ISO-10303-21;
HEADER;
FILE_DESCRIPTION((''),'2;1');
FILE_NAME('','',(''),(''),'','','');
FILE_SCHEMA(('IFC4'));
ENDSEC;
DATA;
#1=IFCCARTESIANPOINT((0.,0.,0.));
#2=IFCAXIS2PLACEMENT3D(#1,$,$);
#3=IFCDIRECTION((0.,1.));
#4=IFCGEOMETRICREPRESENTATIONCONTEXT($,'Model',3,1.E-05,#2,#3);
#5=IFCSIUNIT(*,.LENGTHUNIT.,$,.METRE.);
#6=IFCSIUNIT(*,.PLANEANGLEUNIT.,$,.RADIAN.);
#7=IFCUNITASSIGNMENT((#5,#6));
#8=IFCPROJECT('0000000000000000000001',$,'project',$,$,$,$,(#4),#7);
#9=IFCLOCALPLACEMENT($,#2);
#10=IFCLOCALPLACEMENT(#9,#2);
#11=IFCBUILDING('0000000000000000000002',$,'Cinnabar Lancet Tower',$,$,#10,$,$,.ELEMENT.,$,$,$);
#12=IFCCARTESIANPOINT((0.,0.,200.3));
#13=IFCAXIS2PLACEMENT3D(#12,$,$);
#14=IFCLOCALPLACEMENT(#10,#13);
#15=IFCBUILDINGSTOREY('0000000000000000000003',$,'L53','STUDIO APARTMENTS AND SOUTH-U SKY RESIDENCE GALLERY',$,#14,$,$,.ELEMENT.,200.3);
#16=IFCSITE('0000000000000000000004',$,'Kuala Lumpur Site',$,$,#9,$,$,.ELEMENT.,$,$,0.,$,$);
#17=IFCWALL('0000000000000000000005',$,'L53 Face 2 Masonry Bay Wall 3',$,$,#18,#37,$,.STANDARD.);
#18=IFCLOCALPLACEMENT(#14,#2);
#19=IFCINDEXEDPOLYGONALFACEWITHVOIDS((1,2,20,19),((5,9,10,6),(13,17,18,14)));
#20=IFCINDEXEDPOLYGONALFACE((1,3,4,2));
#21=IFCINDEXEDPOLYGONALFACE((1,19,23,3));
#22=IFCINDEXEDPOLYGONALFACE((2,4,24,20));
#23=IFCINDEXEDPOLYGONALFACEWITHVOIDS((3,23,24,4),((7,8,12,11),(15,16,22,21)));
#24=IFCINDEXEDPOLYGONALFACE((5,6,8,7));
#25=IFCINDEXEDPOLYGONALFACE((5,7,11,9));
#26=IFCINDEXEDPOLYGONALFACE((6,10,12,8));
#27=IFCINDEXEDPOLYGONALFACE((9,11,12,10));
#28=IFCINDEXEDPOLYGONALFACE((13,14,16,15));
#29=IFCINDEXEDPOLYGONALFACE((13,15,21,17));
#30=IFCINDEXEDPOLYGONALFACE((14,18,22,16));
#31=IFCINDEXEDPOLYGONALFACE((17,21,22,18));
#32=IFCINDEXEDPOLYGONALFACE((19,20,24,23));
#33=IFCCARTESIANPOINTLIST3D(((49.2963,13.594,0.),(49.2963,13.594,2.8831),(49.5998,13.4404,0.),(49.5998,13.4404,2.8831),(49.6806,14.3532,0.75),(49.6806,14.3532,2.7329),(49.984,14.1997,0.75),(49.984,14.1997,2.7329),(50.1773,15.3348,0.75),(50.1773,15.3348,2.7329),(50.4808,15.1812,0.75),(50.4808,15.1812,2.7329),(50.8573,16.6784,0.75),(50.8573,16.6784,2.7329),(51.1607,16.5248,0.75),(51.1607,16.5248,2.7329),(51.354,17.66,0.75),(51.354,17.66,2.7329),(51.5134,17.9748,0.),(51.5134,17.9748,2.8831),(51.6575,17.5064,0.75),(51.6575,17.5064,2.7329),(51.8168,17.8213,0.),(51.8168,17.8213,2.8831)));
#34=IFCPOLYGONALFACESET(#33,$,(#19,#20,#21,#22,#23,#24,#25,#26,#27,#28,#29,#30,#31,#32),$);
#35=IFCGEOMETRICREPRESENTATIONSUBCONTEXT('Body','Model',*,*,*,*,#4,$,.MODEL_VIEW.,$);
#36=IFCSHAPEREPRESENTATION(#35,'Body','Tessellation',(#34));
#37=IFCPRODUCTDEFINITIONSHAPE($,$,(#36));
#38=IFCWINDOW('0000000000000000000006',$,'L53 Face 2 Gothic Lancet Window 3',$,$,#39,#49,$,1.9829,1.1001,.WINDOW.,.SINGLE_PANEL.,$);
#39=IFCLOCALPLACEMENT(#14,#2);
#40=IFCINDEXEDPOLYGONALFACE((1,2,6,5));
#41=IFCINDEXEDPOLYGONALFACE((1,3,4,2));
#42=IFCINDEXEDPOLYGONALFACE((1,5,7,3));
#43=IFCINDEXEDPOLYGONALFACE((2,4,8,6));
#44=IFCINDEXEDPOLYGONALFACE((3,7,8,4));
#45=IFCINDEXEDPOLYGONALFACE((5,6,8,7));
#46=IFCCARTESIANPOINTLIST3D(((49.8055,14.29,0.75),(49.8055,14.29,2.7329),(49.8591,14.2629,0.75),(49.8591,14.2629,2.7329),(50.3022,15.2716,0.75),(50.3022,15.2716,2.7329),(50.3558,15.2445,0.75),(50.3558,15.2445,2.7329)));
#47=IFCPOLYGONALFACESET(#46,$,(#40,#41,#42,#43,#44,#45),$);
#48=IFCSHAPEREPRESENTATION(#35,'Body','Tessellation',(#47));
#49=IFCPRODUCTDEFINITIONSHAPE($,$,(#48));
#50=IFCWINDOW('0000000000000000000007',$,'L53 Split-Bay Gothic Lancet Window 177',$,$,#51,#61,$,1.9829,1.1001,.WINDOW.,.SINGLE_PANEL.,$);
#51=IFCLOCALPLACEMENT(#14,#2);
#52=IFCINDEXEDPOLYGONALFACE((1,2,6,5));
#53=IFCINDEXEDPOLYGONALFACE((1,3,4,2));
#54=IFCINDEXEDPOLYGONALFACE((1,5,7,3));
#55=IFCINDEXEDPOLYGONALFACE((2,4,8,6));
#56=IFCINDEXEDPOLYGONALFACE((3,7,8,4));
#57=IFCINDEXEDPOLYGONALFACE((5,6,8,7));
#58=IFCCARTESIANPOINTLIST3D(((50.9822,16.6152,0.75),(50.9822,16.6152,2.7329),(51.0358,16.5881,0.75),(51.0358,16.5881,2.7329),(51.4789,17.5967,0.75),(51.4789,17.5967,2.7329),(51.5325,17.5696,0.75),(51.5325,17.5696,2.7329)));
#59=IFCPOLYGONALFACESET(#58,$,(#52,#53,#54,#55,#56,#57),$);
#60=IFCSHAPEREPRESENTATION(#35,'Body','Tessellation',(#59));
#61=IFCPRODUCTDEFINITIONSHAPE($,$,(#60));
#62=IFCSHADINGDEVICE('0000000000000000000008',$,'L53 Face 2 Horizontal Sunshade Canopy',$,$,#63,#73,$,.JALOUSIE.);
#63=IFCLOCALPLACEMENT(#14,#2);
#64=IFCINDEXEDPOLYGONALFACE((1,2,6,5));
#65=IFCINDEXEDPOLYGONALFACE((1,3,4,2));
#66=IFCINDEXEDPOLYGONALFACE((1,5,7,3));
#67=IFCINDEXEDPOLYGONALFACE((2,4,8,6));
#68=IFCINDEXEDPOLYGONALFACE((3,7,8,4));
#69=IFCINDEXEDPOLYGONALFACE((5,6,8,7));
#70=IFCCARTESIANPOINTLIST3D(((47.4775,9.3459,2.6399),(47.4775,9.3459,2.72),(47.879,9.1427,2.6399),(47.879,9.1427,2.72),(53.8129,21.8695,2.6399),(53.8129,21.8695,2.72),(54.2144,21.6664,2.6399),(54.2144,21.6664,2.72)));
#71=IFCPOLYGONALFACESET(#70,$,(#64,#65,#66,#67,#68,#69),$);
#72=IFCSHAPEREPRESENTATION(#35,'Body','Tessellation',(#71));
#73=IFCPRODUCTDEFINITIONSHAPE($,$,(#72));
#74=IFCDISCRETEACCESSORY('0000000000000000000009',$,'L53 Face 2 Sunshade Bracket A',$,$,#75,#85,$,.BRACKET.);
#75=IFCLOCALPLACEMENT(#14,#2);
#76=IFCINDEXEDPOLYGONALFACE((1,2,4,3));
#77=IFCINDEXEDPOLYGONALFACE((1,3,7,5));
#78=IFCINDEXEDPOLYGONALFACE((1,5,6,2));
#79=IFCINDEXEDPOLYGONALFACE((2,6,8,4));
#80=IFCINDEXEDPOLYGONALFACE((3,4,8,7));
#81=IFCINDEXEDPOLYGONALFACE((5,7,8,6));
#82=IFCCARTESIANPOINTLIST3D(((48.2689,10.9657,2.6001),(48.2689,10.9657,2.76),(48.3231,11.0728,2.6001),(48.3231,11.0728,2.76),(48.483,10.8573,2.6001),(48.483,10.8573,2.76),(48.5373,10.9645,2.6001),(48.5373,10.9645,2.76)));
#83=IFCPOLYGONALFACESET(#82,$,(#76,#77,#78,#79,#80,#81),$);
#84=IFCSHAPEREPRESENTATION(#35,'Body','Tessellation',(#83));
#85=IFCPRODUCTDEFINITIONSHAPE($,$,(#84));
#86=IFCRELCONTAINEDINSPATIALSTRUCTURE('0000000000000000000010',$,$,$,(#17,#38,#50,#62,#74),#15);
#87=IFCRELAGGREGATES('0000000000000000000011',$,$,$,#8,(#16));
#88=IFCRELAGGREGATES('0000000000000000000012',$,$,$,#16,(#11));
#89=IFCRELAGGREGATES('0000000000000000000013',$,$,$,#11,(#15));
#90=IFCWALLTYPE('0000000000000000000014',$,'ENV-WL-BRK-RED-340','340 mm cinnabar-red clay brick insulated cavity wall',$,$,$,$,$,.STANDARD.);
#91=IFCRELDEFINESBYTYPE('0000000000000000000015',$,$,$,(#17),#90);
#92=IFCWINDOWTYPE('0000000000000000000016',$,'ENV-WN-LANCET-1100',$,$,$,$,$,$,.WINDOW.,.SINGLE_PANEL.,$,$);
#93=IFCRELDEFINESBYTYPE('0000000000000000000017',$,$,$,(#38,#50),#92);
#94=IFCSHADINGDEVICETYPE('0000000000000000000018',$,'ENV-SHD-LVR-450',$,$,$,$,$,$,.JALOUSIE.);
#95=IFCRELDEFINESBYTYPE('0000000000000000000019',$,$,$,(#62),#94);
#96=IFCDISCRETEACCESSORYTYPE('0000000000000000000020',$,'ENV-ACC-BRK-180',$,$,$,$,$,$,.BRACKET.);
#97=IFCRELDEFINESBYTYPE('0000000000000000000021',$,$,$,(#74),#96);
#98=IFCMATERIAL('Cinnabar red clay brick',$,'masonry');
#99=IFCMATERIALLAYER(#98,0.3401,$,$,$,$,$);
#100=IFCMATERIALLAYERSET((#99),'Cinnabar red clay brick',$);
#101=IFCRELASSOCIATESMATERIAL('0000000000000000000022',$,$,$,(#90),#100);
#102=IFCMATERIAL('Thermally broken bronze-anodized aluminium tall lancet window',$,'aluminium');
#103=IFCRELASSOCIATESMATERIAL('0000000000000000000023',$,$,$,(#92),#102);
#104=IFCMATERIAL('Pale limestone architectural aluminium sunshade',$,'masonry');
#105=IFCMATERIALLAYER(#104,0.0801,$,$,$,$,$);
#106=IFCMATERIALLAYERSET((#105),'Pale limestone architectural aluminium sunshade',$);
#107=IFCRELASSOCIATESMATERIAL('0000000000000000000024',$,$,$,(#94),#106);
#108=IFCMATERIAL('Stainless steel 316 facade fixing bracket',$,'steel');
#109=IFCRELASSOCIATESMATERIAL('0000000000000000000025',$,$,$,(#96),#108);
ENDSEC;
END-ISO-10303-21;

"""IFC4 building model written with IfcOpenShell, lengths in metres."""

from ifc_helpers import new_model, si_unit, direction, frame, frame_2d, origin, origin_2d, place, context, subcontext, project, spatial, rectangle, extrude, material, layer, layer_set, type_object, element, fill, save


model = new_model("IFC4")

# Units and contexts
model_context = context("Model", 3, precision=1e-05, world=origin(), true_north=direction((0.0, 1.0)))
body_context = subcontext(model_context, "Body", "Model", "MODEL_VIEW")
ifc_project = project(units=[si_unit("LENGTHUNIT", "METRE"), si_unit("PLANEANGLEUNIT", "RADIAN")], contexts=[model_context])

# Site, building, storey
site_placement = place(None, origin())
site = spatial("IfcSite", under=ifc_project, at=site_placement, Name="Kuala Lumpur Site", CompositionType="ELEMENT", RefElevation=0.0)
building_placement = place(site_placement, origin())
building = spatial("IfcBuilding", under=site, at=building_placement, Name="Cinnabar Lancet Tower", CompositionType="ELEMENT")
storey_placement = place(building_placement, frame((0.0, 0.0, 200.3)))
storey = spatial("IfcBuildingStorey", under=building, at=storey_placement, Name="L53", Description="STUDIO APARTMENTS AND SOUTH-U SKY RESIDENCE GALLERY", CompositionType="ELEMENT", Elevation=200.3)

# Shared definitions
ifc_material_1 = material(Name="Cinnabar red clay brick", Category="masonry")
ifc_layer_1 = layer(ifc_material_1, 0.3401)
ifc_layer_set_1 = layer_set([ifc_layer_1], Name="Cinnabar red clay brick")
wall_type_1 = type_object("IfcWallType", Name="ENV-WL-BRK-RED-340", Description="340 mm cinnabar-red clay brick insulated cavity wall", PredefinedType="STANDARD", material=ifc_layer_set_1)

# Shared definitions
ifc_material_2 = material(Name="Thermally broken bronze-anodized aluminium tall lancet window", Category="aluminium")
window_type = type_object("IfcWindowType", Name="ENV-WN-LANCET-1100", PartitioningType="SINGLE_PANEL", PredefinedType="WINDOW", material=ifc_material_2)

# Wall, openings, windows
wall_1_placement = place(storey_placement, frame((49.448, 13.5171, 0.0), z_axis=(0.0, 0.0, 1.0), x_axis=(0.451544, 0.892249, 0.0)))
wall_1 = element("IfcWall", 1, at=wall_1_placement, inside=storey, type_object=wall_type_1, Name="L53 Face 2 Masonry Bay Wall 3", PredefinedType="STANDARD", context=body_context, shape_type="SweptSolid", body=[
    extrude(rectangle(XDim=4.9099, YDim=0.3401, at=frame_2d((2.4551, 0.0))), origin(), (0.0, 0.0, 1.0), 2.8831),
])
opening_1_placement = place(wall_1_placement, frame((0.8511, 0.0, 0.75)))
opening_1 = element("IfcOpeningElement", 2, at=opening_1_placement, cuts=wall_1, PredefinedType="OPENING", context=body_context, shape_type="SweptSolid", body=[
    extrude(rectangle(XDim=1.1001, YDim=1.9829, at=frame_2d((0.55, 0.9915))), frame((0.0, 0.1799, 0.0), z_axis=(0.0, -1.0, 0.0), x_axis=(1.0, 0.0, 0.0)), (0.0, 0.0, 1.0), 0.3601),
])
opening_2_placement = place(wall_1_placement, frame((3.457, 0.0, 0.75)))
opening_2 = element("IfcOpeningElement", 3, at=opening_2_placement, cuts=wall_1, PredefinedType="OPENING", context=body_context, shape_type="SweptSolid", body=[
    extrude(rectangle(XDim=1.1001, YDim=1.9829, at=frame_2d((0.55, 0.9915))), frame((0.0, 0.1799, 0.0), z_axis=(0.0, -1.0, 0.0), x_axis=(1.0, 0.0, 0.0)), (0.0, 0.0, 1.0), 0.3601),
])
window_1_placement = place(opening_1_placement, origin())
window_1 = element("IfcWindow", 4, at=window_1_placement, inside=storey, type_object=window_type, Name="L53 Face 2 Gothic Lancet Window 3", OverallHeight=1.9829, OverallWidth=1.1001, PartitioningType="SINGLE_PANEL", PredefinedType="WINDOW", context=body_context, shape_type="SweptSolid", body=[
    extrude(rectangle(XDim=1.1001, YDim=1.9829, at=frame_2d((0.55, 0.9915))), frame((0.0, 0.03, 0.0), z_axis=(0.0, -1.0, 0.0), x_axis=(1.0, 0.0, 0.0)), (0.0, 0.0, 1.0), 0.0601),
])
fill(opening_1, window_1)
window_2_placement = place(opening_2_placement, origin())
window_2 = element("IfcWindow", 5, at=window_2_placement, inside=storey, type_object=window_type, Name="L53 Split-Bay Gothic Lancet Window 177", OverallHeight=1.9829, OverallWidth=1.1001, PartitioningType="SINGLE_PANEL", PredefinedType="WINDOW", context=body_context, shape_type="SweptSolid", body=[
    extrude(rectangle(XDim=1.1001, YDim=1.9829, at=frame_2d((0.55, 0.9915))), frame((0.0, 0.03, 0.0), z_axis=(0.0, -1.0, 0.0), x_axis=(1.0, 0.0, 0.0)), (0.0, 0.0, 1.0), 0.0601),
])
fill(opening_2, window_2)

# Shading device
ifc_material_3 = material(Name="Pale limestone architectural aluminium sunshade", Category="masonry")
ifc_layer_2 = layer(ifc_material_3, 0.0801)
ifc_layer_set_2 = layer_set([ifc_layer_2], Name="Pale limestone architectural aluminium sunshade")
shading_device_type = type_object("IfcShadingDeviceType", Name="ENV-SHD-LVR-450", PredefinedType="JALOUSIE", material=ifc_layer_set_2)
shading_device_placement = place(storey_placement, frame((50.8459, 15.5061, 2.6399), z_axis=(0.0, 0.0, 1.0), x_axis=(0.451407, 0.892318, 0.0)))
element("IfcShadingDevice", 6, at=shading_device_placement, inside=storey, type_object=shading_device_type, Name="L53 Face 2 Horizontal Sunshade Canopy", PredefinedType="JALOUSIE", context=body_context, shape_type="SweptSolid", body=[
    extrude(rectangle(XDim=14.0349, YDim=0.45, at=origin_2d()), origin(), (0.0, 0.0, 1.0), 0.0801),
])

# Discrete accessory
ifc_material_4 = material(Name="Stainless steel 316 facade fixing bracket", Category="steel")
discrete_accessory_type = type_object("IfcDiscreteAccessoryType", Name="ENV-ACC-BRK-180", PredefinedType="BRACKET", material=ifc_material_4)
discrete_accessory_placement = place(storey_placement, frame((48.4031, 10.9651, 2.6001), z_axis=(0.0, 0.0, 1.0), x_axis=(0.451407, 0.892318, 0.0)))
element("IfcDiscreteAccessory", 7, at=discrete_accessory_placement, inside=storey, type_object=discrete_accessory_type, Name="L53 Face 2 Sunshade Bracket A", PredefinedType="BRACKET", context=body_context, shape_type="SweptSolid", body=[
    extrude(rectangle(XDim=0.1201, YDim=0.24, at=origin_2d()), origin(), (0.0, 0.0, 1.0), 0.1599),
])

save(model, "model.ifc")
